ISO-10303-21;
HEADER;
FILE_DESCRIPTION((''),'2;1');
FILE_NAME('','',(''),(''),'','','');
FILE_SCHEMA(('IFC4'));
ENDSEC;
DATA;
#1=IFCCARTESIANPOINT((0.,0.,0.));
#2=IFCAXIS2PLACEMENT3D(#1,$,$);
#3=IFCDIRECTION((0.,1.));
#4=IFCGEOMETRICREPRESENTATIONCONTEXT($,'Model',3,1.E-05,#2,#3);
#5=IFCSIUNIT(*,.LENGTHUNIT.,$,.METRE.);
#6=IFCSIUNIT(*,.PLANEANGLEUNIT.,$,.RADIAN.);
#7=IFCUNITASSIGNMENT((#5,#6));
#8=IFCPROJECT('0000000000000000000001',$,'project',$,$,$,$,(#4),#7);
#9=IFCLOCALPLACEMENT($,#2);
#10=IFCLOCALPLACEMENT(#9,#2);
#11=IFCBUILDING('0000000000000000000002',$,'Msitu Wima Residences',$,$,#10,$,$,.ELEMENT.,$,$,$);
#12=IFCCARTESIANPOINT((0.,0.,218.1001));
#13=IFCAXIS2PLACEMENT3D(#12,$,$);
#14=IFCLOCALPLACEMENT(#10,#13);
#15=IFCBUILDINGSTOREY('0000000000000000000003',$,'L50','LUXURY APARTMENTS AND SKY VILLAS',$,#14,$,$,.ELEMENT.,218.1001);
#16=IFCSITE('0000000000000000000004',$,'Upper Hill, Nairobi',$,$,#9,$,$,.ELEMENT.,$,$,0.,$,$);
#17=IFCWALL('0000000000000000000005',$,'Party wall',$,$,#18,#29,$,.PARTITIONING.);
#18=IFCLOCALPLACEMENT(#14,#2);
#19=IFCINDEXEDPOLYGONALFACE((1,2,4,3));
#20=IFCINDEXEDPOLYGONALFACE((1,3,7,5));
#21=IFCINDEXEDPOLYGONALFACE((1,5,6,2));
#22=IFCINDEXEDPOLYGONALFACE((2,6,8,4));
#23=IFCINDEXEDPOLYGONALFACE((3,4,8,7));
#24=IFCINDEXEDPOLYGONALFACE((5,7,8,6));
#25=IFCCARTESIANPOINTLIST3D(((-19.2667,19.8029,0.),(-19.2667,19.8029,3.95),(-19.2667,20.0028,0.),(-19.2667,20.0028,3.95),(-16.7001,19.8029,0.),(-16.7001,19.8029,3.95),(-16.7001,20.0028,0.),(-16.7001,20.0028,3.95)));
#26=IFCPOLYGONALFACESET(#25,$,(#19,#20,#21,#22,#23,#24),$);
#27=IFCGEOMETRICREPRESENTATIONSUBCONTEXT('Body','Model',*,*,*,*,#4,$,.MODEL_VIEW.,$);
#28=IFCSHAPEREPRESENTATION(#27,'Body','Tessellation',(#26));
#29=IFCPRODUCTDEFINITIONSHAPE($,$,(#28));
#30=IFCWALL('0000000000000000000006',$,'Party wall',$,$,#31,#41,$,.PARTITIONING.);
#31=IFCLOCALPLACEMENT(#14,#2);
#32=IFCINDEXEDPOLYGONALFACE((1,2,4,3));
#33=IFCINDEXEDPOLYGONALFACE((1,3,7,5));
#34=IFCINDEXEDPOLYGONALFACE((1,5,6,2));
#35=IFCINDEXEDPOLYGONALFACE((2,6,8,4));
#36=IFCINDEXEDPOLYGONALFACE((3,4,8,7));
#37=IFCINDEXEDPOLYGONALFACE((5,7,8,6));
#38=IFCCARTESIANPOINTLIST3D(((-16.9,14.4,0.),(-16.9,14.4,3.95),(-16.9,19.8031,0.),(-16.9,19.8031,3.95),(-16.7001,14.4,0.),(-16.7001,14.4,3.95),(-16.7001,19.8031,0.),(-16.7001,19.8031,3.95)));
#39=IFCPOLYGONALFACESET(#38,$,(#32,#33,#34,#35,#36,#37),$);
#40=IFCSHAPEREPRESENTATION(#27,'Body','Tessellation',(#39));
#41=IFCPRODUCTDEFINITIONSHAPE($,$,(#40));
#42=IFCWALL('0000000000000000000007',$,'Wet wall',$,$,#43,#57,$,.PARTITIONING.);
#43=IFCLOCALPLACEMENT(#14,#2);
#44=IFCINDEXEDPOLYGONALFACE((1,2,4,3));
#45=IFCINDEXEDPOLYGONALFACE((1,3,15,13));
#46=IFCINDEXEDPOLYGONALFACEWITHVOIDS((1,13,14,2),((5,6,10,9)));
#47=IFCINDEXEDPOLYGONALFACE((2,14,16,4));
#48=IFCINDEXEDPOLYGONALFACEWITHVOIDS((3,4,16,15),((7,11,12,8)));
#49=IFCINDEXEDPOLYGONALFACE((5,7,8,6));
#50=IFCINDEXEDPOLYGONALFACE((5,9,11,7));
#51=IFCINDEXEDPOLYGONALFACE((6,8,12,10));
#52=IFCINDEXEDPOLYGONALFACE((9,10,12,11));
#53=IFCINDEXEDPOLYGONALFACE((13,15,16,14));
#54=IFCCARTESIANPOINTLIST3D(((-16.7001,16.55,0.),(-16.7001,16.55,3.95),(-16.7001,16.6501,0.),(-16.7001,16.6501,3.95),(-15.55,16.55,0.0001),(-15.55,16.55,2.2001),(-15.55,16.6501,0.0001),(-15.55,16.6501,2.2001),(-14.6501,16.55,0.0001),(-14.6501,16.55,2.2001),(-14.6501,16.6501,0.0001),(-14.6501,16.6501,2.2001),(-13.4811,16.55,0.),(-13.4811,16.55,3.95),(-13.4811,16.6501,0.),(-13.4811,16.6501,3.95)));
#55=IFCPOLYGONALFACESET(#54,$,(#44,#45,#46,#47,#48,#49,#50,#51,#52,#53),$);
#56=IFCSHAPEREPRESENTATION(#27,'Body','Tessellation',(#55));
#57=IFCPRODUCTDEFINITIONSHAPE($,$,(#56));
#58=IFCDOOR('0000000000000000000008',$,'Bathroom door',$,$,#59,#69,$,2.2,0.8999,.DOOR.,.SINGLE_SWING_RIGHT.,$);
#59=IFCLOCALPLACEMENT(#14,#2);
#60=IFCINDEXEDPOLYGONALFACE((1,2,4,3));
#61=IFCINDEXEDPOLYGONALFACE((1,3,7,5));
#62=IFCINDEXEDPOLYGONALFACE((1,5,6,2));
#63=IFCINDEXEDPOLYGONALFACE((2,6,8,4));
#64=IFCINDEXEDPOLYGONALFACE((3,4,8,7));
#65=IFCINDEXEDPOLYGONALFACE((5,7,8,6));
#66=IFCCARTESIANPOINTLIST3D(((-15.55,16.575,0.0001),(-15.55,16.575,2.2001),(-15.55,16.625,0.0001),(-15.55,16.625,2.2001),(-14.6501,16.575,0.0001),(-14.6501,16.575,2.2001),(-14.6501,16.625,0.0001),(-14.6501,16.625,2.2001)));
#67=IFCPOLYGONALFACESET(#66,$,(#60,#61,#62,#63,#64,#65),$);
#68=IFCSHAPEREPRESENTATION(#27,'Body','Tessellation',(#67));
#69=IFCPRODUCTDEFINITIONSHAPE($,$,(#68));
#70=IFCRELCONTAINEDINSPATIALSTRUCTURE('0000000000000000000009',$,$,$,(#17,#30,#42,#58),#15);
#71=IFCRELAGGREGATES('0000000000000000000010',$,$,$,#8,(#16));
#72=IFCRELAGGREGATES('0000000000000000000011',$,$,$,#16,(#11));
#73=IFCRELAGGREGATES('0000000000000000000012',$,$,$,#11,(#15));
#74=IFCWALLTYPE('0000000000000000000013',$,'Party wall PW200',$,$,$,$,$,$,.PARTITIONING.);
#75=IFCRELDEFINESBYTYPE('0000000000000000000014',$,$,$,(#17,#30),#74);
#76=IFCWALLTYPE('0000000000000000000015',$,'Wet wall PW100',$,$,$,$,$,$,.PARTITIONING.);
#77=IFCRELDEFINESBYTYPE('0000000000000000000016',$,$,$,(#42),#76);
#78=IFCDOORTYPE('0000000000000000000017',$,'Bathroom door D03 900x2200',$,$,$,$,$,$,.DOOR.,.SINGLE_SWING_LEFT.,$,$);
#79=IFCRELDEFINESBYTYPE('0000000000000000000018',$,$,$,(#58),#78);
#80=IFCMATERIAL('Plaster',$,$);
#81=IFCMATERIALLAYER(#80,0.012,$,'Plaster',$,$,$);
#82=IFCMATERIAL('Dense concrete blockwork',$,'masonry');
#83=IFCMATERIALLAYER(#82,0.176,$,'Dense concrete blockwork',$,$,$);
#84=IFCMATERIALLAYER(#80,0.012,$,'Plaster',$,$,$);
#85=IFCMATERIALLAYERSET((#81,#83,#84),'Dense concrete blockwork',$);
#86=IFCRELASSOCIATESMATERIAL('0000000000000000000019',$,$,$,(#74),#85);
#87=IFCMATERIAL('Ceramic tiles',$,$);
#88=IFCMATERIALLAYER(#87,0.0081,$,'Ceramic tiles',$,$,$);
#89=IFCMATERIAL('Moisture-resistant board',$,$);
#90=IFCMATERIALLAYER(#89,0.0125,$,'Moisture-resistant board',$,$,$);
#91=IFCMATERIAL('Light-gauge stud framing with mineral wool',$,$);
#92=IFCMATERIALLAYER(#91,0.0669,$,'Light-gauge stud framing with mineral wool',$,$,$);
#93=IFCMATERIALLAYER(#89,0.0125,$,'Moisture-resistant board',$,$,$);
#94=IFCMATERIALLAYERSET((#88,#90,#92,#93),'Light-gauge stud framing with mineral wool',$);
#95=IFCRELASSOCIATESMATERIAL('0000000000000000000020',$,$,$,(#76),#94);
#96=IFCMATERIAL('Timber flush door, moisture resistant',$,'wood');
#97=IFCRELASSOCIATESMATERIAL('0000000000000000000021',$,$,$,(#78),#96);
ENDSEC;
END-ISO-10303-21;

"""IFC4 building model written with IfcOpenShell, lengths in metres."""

from ifc_helpers import new_model, si_unit, direction, frame, frame_2d, origin, place, context, subcontext, project, spatial, rectangle, extrude, material, layer, layer_set, type_object, element, fill, save


model = new_model("IFC4")

# Units and contexts
model_context = context("Model", 3, precision=1e-05, world=origin(), true_north=direction((0.0, 1.0)))
body_context = subcontext(model_context, "Body", "Model", "MODEL_VIEW")
ifc_project = project(units=[si_unit("LENGTHUNIT", "METRE"), si_unit("PLANEANGLEUNIT", "RADIAN")], contexts=[model_context])

# Site, building, storey
site_placement = place(None, origin())
site = spatial("IfcSite", under=ifc_project, at=site_placement, Name="Upper Hill, Nairobi", CompositionType="ELEMENT", RefElevation=0.0)
building_placement = place(site_placement, origin())
building = spatial("IfcBuilding", under=site, at=building_placement, Name="Msitu Wima Residences", CompositionType="ELEMENT")
storey_placement = place(building_placement, frame((0.0, 0.0, 218.1001)))
storey = spatial("IfcBuildingStorey", under=building, at=storey_placement, Name="L50", Description="LUXURY APARTMENTS AND SKY VILLAS", CompositionType="ELEMENT", Elevation=218.1001)

# Shared definitions
ifc_material_1 = material(Name="Plaster")

# Walls
ifc_layer_1 = layer(ifc_material_1, 0.012, Name="Plaster")
ifc_material_2 = material(Name="Dense concrete blockwork", Category="masonry")
ifc_layer_2 = layer(ifc_material_2, 0.176, Name="Dense concrete blockwork")
ifc_layer_3 = layer(ifc_material_1, 0.012, Name="Plaster")
ifc_layer_set_1 = layer_set([ifc_layer_1, ifc_layer_2, ifc_layer_3], Name="Dense concrete blockwork")
wall_type_1 = type_object("IfcWallType", Name="Party wall PW200", PredefinedType="PARTITIONING", material=ifc_layer_set_1)
wall_1_placement = place(storey_placement, frame((-19.2666, 19.9028, 0.0), z_axis=(0.0, 0.0, 1.0), x_axis=(1.0, 0.0, 0.0)))
element("IfcWall", 1, at=wall_1_placement, inside=storey, type_object=wall_type_1, Name="Party wall", PredefinedType="PARTITIONING", context=body_context, shape_type="SweptSolid", body=[
    extrude(rectangle(XDim=2.5667, YDim=0.2, at=frame_2d((1.2832, 0.0))), origin(), (0.0, 0.0, 1.0), 3.95),
])
wall_2_placement = place(storey_placement, frame((-16.8, 14.3999, 0.0), z_axis=(0.0, 0.0, 1.0), x_axis=(0.0, 1.0, 0.0)))
element("IfcWall", 2, at=wall_2_placement, inside=storey, type_object=wall_type_1, Name="Party wall", PredefinedType="PARTITIONING", context=body_context, shape_type="SweptSolid", body=[
    extrude(rectangle(XDim=5.4031, YDim=0.2, at=frame_2d((2.7017, 0.0))), origin(), (0.0, 0.0, 1.0), 3.95),
])

# Wall, opening, door
ifc_material_3 = material(Name="Ceramic tiles")
ifc_layer_4 = layer(ifc_material_3, 0.0081, Name="Ceramic tiles")
ifc_material_4 = material(Name="Moisture-resistant board")
ifc_layer_5 = layer(ifc_material_4, 0.0125, Name="Moisture-resistant board")
ifc_material_5 = material(Name="Light-gauge stud framing with mineral wool")
ifc_layer_6 = layer(ifc_material_5, 0.0669, Name="Light-gauge stud framing with mineral wool")
ifc_layer_7 = layer(ifc_material_4, 0.0125, Name="Moisture-resistant board")
ifc_layer_set_2 = layer_set([ifc_layer_4, ifc_layer_5, ifc_layer_6, ifc_layer_7], Name="Light-gauge stud framing with mineral wool")
wall_type_2 = type_object("IfcWallType", Name="Wet wall PW100", PredefinedType="PARTITIONING", material=ifc_layer_set_2)
wall_3_placement = place(storey_placement, frame((-16.7, 16.6001, 0.0), z_axis=(0.0, 0.0, 1.0), x_axis=(1.0, 0.0, 0.0)))
wall_3 = element("IfcWall", 3, at=wall_3_placement, inside=storey, type_object=wall_type_2, Name="Wet wall", PredefinedType="PARTITIONING", context=body_context, shape_type="SweptSolid", body=[
    extrude(rectangle(XDim=3.219, YDim=0.1001, at=frame_2d((1.6094, 0.0))), origin(), (0.0, 0.0, 1.0), 3.95),
])
opening_1_placement = place(wall_3_placement, frame((1.1499, 0.0, 0.0)))
opening_1 = element("IfcOpeningElement", 4, at=opening_1_placement, cuts=wall_3, PredefinedType="OPENING", context=body_context, shape_type="SweptSolid", body=[
    extrude(rectangle(XDim=0.8999, YDim=2.2, at=frame_2d((0.45, 1.1001))), frame((0.0, 0.0601, 0.0), z_axis=(0.0, -1.0, 0.0), x_axis=(1.0, 0.0, 0.0)), (0.0, 0.0, 1.0), 0.1201),
])
ifc_material_6 = material(Name="Timber flush door, moisture resistant", Category="wood")
door_type_1 = type_object("IfcDoorType", Name="Bathroom door D03 900x2200", OperationType="SINGLE_SWING_LEFT", PredefinedType="DOOR", material=ifc_material_6)
door_1_placement = place(opening_1_placement, origin())
door_1 = element("IfcDoor", 5, at=door_1_placement, inside=storey, type_object=door_type_1, Name="Bathroom door", OperationType="SINGLE_SWING_RIGHT", OverallHeight=2.2, OverallWidth=0.8999, PredefinedType="DOOR", context=body_context, shape_type="SweptSolid", body=[
    extrude(rectangle(XDim=0.8999, YDim=2.2, at=frame_2d((0.45, 1.1001))), frame((0.0, 0.0249, 0.0), z_axis=(0.0, -1.0, 0.0), x_axis=(1.0, 0.0, 0.0)), (0.0, 0.0, 1.0), 0.05),
])
fill(opening_1, door_1)

save(model, "model.ifc")
